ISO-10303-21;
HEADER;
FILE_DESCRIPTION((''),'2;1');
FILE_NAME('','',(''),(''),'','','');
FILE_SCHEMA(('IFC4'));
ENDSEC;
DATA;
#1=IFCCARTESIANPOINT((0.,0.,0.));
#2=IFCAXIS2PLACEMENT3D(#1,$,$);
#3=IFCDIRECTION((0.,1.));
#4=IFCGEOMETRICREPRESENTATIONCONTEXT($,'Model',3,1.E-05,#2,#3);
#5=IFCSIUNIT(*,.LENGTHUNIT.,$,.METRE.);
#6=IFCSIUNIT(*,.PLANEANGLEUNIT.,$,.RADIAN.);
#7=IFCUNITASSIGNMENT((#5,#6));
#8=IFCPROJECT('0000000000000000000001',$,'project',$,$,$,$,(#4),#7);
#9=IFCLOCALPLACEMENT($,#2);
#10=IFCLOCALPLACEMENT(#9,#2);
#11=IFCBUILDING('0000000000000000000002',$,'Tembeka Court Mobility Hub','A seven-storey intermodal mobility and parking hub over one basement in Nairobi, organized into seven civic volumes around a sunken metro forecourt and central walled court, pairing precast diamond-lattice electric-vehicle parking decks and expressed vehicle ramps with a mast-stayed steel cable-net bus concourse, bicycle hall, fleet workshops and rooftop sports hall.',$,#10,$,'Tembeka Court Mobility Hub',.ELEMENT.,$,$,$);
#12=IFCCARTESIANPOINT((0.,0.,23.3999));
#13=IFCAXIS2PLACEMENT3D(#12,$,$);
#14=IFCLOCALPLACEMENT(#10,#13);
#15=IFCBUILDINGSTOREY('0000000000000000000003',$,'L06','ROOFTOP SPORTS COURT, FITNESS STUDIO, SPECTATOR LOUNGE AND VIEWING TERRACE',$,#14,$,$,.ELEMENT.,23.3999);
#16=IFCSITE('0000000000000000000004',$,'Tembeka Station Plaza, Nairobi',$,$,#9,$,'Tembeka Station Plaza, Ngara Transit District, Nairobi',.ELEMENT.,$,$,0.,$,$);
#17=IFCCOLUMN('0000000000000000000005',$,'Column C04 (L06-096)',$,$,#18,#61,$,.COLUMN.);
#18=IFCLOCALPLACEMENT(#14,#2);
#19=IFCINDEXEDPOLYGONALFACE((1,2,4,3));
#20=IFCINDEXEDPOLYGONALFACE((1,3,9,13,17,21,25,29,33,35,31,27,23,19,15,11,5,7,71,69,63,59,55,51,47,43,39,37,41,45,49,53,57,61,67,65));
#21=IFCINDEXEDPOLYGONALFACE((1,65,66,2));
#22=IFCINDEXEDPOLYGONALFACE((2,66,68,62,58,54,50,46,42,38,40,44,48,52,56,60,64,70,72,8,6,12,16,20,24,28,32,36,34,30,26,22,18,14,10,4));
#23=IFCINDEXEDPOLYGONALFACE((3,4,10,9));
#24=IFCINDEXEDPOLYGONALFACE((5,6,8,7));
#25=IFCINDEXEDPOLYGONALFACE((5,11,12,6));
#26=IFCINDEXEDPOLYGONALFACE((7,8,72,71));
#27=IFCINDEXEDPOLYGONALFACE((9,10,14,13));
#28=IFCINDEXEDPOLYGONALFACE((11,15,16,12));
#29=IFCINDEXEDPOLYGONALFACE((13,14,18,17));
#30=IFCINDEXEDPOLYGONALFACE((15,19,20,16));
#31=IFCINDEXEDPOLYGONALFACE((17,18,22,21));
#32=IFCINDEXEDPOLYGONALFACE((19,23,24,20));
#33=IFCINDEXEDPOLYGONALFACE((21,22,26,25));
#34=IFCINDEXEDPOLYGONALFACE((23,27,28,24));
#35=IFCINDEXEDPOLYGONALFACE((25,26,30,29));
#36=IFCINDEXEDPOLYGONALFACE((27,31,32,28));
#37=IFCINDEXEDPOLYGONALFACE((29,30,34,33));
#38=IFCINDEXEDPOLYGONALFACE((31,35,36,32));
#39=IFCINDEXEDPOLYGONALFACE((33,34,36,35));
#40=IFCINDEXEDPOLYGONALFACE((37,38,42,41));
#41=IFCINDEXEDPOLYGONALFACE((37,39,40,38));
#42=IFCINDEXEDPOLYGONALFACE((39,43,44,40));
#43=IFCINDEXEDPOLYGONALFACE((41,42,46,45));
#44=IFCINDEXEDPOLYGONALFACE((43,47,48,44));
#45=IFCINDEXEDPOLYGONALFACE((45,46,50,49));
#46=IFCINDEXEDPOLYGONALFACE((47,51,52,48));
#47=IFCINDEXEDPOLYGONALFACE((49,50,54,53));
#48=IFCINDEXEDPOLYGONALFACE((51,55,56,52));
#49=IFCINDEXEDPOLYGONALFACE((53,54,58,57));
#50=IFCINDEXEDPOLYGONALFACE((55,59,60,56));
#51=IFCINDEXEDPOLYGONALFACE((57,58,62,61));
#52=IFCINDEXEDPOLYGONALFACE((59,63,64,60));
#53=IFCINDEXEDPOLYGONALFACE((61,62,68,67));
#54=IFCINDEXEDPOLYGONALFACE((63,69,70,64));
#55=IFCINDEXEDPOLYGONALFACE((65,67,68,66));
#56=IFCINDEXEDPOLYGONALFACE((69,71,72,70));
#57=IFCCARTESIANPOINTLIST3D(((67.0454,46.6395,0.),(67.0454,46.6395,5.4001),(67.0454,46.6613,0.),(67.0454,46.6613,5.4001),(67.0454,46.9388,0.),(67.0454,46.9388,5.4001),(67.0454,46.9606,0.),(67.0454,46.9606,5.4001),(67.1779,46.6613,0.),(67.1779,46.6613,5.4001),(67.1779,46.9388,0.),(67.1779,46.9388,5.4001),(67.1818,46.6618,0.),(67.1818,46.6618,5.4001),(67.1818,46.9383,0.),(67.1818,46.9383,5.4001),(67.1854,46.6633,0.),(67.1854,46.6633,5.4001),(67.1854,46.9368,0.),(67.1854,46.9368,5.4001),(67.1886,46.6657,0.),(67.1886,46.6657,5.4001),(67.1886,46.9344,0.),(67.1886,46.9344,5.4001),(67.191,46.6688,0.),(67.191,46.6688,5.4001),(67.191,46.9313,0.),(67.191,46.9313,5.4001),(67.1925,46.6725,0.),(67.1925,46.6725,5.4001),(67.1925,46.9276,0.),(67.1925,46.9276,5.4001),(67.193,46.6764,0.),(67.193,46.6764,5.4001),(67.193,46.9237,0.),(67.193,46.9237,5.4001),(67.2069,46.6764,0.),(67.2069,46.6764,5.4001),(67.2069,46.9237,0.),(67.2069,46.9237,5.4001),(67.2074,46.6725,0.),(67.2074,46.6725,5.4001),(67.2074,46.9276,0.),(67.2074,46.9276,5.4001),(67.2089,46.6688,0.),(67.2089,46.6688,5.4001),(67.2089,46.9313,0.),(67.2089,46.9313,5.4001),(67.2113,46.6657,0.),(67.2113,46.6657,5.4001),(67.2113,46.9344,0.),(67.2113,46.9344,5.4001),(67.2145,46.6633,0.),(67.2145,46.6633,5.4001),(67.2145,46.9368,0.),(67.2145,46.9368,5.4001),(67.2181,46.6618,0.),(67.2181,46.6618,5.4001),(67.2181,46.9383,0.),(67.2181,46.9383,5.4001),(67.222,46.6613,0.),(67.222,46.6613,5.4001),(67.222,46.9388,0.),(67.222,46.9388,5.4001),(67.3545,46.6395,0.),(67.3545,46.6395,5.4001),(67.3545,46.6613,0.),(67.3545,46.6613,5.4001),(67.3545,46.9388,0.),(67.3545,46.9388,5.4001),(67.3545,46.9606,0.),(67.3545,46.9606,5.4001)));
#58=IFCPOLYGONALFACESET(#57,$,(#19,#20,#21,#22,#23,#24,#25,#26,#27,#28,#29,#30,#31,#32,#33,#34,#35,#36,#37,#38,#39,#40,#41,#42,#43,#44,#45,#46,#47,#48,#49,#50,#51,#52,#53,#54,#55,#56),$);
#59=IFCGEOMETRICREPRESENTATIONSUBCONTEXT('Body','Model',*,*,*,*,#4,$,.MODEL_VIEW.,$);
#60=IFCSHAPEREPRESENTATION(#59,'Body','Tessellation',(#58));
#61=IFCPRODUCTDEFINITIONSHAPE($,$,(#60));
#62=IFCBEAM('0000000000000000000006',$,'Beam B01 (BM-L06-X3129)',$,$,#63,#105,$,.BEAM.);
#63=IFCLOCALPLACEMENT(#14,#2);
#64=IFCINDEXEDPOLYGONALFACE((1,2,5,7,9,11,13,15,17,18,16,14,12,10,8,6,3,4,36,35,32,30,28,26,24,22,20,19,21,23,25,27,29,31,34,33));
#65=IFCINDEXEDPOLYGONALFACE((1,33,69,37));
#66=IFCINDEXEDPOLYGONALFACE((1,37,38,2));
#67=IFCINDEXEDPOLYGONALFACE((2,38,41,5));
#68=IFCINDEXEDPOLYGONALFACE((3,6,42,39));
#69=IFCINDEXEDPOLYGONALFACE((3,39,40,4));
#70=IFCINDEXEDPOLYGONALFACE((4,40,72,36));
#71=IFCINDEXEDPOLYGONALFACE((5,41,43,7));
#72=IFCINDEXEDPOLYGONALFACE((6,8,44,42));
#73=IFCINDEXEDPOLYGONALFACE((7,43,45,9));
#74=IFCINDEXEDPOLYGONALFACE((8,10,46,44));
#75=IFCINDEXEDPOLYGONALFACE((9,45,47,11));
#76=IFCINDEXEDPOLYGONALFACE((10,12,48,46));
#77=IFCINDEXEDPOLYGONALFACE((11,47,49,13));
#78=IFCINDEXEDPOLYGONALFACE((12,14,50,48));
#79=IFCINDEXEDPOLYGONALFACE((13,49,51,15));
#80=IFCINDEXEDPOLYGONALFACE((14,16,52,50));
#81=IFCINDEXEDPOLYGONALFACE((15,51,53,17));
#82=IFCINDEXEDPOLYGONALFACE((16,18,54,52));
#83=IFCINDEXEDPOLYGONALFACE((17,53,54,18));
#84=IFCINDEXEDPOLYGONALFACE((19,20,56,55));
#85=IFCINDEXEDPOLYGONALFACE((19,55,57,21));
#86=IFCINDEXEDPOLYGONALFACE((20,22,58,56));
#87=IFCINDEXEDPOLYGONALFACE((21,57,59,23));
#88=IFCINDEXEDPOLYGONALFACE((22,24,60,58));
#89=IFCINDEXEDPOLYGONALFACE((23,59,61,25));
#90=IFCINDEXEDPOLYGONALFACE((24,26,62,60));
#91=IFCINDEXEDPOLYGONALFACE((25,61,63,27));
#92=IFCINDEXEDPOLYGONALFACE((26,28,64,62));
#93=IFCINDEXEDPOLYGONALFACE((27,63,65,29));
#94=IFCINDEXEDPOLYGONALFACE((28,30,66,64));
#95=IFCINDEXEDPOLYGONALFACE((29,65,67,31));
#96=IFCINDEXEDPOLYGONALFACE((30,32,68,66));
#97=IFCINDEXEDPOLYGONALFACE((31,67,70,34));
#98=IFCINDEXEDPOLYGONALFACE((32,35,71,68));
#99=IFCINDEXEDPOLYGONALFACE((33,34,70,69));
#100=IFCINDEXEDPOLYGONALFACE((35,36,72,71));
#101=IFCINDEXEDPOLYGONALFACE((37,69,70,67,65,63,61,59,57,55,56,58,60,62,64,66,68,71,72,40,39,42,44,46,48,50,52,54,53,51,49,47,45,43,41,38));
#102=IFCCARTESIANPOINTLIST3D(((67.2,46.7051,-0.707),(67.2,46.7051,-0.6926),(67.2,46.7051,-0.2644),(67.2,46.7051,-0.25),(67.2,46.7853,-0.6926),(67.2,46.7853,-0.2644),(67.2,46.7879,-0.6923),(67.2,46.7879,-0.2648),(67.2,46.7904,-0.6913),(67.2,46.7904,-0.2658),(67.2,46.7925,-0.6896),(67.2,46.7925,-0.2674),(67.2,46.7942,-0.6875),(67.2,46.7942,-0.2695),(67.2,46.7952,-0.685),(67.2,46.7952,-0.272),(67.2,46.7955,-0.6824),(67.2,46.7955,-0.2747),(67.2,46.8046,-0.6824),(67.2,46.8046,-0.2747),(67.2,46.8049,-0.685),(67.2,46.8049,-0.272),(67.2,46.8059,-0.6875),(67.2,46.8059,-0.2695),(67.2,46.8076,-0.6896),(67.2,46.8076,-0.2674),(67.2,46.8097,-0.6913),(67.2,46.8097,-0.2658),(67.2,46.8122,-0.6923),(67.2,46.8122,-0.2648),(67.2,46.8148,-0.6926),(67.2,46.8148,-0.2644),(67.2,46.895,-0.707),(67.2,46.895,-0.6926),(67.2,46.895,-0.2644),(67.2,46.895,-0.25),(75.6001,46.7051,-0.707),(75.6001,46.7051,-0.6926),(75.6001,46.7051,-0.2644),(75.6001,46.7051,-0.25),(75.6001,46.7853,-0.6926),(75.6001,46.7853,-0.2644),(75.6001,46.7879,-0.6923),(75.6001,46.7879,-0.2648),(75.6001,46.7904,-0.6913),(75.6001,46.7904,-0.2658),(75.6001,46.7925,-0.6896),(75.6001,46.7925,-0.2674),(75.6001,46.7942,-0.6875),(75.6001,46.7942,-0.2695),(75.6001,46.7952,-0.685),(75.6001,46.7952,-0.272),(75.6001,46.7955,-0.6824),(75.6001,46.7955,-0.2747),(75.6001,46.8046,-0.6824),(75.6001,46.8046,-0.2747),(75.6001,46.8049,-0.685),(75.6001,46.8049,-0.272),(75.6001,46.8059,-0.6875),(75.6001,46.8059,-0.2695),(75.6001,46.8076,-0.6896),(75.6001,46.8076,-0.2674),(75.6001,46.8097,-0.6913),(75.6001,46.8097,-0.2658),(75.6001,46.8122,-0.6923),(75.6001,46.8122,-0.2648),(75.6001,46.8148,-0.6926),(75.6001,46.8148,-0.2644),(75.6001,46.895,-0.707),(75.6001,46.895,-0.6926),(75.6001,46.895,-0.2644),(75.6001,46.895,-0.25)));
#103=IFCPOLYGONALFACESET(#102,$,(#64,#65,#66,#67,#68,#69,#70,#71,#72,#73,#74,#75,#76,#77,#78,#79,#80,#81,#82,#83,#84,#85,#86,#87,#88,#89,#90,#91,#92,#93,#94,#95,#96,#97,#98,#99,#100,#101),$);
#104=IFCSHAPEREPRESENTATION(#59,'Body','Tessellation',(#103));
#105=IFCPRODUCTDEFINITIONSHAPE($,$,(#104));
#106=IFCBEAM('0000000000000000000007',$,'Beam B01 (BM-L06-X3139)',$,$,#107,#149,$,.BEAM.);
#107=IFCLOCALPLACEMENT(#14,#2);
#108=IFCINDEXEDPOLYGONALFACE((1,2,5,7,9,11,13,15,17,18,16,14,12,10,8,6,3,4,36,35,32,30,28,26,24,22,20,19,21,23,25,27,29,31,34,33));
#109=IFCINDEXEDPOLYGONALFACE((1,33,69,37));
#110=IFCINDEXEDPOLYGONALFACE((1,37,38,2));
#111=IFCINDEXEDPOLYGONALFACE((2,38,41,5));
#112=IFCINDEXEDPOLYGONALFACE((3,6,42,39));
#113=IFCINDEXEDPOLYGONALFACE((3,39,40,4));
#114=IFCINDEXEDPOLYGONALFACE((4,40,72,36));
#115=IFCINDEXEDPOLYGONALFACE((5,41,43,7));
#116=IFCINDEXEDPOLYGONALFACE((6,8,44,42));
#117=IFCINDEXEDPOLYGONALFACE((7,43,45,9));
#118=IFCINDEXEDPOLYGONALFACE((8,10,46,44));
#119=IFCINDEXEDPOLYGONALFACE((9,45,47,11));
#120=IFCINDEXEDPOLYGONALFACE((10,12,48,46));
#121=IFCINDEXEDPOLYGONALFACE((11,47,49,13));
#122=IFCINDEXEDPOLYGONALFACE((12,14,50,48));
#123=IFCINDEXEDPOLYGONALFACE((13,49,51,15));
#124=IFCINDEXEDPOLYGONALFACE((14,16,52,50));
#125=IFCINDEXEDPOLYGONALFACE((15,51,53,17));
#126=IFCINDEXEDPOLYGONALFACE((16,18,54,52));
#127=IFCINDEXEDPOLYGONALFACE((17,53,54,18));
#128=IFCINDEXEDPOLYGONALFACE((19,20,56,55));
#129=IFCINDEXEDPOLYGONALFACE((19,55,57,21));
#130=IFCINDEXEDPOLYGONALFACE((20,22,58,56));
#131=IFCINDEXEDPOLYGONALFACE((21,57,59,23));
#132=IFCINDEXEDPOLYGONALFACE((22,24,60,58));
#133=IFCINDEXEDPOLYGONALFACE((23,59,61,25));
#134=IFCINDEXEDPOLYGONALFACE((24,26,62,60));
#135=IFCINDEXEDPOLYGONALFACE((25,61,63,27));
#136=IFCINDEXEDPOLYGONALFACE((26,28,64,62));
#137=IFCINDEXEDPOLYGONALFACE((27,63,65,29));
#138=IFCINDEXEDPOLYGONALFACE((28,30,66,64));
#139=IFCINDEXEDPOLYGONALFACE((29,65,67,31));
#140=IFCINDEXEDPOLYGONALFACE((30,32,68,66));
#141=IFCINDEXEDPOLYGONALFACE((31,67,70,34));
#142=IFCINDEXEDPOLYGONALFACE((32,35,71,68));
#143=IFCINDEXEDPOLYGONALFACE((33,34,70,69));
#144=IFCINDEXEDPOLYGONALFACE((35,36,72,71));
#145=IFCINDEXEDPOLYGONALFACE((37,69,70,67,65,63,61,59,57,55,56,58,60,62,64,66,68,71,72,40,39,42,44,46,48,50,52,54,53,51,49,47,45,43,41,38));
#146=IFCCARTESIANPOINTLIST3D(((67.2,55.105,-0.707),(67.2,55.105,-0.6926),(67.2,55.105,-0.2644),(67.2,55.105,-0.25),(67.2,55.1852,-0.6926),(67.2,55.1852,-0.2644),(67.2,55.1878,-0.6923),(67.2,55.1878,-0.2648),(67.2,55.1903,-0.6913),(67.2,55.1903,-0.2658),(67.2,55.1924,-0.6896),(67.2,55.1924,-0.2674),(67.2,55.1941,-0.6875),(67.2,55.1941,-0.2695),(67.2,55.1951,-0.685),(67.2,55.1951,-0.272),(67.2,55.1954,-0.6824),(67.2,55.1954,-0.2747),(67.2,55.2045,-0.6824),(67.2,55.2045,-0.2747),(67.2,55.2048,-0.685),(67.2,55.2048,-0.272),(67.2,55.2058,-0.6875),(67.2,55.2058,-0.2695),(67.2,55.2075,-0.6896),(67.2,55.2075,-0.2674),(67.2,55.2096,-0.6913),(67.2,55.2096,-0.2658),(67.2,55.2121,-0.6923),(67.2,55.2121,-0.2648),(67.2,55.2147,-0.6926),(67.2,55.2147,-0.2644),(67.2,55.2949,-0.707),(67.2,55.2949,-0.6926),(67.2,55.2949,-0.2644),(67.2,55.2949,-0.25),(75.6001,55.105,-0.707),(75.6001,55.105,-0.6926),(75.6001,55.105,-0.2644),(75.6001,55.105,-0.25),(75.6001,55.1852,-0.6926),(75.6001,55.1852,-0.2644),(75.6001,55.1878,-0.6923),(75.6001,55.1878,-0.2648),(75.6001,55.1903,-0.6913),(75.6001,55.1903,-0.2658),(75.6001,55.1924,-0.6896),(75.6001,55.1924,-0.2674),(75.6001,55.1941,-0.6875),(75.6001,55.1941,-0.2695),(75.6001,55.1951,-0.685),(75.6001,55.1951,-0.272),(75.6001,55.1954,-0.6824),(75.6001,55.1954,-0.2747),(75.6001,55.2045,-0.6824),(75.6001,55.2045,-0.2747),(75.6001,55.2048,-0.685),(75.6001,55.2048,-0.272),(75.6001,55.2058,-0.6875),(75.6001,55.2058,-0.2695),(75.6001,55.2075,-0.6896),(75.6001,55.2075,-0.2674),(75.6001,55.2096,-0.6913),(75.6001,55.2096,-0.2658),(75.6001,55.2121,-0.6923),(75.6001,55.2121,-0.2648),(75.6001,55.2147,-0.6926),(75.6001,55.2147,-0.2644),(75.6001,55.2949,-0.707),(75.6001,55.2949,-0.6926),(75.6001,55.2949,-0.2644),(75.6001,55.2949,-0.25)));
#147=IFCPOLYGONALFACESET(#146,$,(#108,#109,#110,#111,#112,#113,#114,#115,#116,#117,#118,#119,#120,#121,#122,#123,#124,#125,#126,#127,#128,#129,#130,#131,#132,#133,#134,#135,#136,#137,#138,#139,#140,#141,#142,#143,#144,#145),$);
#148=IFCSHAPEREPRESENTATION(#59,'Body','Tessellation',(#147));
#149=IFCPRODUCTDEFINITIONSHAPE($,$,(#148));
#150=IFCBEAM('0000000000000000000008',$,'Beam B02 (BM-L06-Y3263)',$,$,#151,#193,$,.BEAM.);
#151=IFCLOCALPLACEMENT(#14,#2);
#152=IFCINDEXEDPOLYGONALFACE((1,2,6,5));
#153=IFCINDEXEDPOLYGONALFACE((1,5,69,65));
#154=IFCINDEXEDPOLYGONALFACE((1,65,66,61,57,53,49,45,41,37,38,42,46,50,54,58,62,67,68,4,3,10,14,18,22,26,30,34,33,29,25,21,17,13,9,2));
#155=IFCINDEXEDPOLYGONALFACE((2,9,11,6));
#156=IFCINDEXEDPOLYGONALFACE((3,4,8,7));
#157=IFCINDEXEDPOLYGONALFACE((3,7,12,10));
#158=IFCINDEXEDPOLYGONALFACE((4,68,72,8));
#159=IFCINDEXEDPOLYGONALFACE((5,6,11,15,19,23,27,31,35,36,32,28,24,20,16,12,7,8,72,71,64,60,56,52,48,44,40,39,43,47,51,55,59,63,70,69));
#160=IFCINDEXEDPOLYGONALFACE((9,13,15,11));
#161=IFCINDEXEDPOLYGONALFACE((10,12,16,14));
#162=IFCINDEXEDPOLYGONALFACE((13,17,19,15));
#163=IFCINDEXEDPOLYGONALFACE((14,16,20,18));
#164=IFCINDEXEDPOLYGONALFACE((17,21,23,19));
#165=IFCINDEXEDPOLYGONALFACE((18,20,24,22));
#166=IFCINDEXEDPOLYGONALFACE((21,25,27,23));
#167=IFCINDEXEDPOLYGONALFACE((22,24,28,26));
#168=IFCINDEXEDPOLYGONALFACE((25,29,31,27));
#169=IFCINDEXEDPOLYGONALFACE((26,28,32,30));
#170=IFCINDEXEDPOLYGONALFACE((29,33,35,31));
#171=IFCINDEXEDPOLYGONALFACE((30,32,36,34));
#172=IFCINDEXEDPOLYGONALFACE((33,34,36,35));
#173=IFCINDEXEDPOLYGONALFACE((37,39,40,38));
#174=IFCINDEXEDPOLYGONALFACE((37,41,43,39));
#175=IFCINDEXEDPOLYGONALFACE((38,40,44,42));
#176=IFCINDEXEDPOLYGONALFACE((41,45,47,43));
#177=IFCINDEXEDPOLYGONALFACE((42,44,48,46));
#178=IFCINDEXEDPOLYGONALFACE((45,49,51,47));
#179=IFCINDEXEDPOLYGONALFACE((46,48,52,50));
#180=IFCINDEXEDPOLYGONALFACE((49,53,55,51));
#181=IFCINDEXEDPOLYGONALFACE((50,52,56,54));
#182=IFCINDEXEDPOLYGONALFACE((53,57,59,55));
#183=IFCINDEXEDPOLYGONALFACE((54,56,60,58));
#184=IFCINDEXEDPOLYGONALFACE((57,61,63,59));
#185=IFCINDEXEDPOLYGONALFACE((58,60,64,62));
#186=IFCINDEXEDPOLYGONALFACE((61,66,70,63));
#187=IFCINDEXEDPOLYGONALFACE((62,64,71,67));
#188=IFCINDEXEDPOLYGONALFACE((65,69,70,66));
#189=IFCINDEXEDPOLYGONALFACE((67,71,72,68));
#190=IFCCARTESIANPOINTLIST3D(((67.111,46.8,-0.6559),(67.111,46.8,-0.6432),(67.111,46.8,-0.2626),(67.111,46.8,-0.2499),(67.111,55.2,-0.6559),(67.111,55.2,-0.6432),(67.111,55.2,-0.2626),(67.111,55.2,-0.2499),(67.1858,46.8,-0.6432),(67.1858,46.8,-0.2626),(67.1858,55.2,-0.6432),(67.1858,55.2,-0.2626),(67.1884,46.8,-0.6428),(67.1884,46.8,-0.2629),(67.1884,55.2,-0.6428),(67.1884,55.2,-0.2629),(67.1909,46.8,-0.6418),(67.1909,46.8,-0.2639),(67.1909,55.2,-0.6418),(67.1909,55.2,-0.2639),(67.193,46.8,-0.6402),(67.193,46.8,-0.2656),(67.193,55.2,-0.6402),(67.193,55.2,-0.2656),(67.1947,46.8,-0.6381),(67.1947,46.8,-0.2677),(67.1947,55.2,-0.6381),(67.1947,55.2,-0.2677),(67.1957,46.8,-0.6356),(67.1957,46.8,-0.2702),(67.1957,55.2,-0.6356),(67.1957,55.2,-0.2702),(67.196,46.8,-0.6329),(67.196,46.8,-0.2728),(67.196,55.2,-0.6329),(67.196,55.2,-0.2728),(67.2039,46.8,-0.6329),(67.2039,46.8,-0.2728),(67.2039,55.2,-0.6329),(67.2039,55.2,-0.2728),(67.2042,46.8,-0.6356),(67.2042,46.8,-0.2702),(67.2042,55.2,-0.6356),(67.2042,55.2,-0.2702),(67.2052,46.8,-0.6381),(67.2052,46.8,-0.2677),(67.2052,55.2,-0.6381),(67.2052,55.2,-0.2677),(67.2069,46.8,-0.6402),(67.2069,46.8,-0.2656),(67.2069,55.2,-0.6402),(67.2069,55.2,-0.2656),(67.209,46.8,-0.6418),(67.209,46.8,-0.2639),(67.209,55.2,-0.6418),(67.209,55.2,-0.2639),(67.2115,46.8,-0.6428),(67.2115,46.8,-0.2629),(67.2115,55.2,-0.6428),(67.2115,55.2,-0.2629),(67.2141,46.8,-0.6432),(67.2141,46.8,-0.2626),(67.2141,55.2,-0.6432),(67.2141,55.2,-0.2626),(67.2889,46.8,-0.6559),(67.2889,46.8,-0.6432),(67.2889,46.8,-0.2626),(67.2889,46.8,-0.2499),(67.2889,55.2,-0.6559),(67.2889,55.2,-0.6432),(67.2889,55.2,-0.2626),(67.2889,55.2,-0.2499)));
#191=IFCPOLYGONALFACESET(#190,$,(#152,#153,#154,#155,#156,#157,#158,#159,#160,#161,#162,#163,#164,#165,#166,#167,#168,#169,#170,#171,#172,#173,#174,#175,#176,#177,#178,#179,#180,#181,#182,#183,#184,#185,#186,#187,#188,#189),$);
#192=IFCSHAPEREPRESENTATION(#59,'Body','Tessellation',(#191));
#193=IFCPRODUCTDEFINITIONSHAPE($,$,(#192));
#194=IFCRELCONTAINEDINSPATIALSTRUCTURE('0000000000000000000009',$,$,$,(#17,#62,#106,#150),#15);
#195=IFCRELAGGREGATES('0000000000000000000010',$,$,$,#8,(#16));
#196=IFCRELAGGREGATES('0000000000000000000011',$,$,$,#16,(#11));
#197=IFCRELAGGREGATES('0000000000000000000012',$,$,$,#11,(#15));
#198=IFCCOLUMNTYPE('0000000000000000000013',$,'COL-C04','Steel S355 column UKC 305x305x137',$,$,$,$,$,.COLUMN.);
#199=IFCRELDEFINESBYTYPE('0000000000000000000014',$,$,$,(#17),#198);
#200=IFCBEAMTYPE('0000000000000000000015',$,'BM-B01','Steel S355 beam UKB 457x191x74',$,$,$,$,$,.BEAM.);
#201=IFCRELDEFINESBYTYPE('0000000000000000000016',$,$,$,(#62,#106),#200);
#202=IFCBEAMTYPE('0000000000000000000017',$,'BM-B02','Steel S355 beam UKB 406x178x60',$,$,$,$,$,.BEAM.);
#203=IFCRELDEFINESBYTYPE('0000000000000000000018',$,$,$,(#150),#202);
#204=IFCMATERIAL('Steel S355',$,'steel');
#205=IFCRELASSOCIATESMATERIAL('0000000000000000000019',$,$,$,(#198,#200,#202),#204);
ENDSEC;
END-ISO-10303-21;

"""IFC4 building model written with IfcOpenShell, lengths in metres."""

from ifc_helpers import new_model, si_unit, direction, frame, origin, origin_2d, place, context, subcontext, project, spatial, i_section, extrude, material, material_profile, profile_set, type_object, element, save


model = new_model("IFC4")

# Units and contexts
model_context = context("Model", 3, precision=1e-05, world=origin(), true_north=direction((0.0, 1.0)))
body_context = subcontext(model_context, "Body", "Model", "MODEL_VIEW")
ifc_project = project(units=[si_unit("LENGTHUNIT", "METRE"), si_unit("PLANEANGLEUNIT", "RADIAN")], contexts=[model_context])

# Site, building, storey
site_placement = place(None, origin())
site = spatial("IfcSite", under=ifc_project, at=site_placement, Name="Tembeka Station Plaza, Nairobi", LongName="Tembeka Station Plaza, Ngara Transit District, Nairobi", CompositionType="ELEMENT", RefElevation=0.0)
building_placement = place(site_placement, origin())
building = spatial("IfcBuilding", under=site, at=building_placement, Name="Tembeka Court Mobility Hub", Description="A seven-storey intermodal mobility and parking hub over one basement in Nairobi, organized into seven civic volumes around a sunken metro forecourt and central walled court, pairing precast diamond-lattice electric-vehicle parking decks and expressed vehicle ramps with a mast-stayed steel cable-net bus concourse, bicycle hall, fleet workshops and rooftop sports hall.", LongName="Tembeka Court Mobility Hub", CompositionType="ELEMENT")
storey_placement = place(building_placement, frame((0.0, 0.0, 23.3999)))
storey = spatial("IfcBuildingStorey", under=building, at=storey_placement, Name="L06", Description="ROOFTOP SPORTS COURT, FITNESS STUDIO, SPECTATOR LOUNGE AND VIEWING TERRACE", CompositionType="ELEMENT", Elevation=23.3999)

# Column
ifc_material_1 = material(Name="Steel S355", Category="steel")
ifc_material_profile_1 = material_profile(ifc_material_1, i_section(OverallWidth=0.3091, OverallDepth=0.321, WebThickness=0.0139, FlangeThickness=0.0217, FilletRadius=0.0151, at=origin_2d()), Name="UKC 305x305x137")
ifc_profile_set_1 = profile_set([ifc_material_profile_1], Name="Steel S355")
column_type = type_object("IfcColumnType", Name="COL-C04", Description="Steel S355 column UKC 305x305x137", PredefinedType="COLUMN", material=ifc_profile_set_1)
column_placement = place(storey_placement, frame((67.2, 46.8, 0.0), z_axis=(0.0, 0.0, 1.0), x_axis=(1.0, 0.0, 0.0)))
element("IfcColumn", 1, at=column_placement, inside=storey, type_object=column_type, Name="Column C04 (L06-096)", PredefinedType="COLUMN", context=body_context, shape_type="SweptSolid", body=[
    extrude(i_section(OverallWidth=0.3091, OverallDepth=0.321, WebThickness=0.0139, FlangeThickness=0.0217, FilletRadius=0.0151, at=origin_2d()), origin(), (0.0, 0.0, 1.0), 5.4001),
])

# Beams
ifc_material_profile_2 = material_profile(ifc_material_1, i_section(OverallWidth=0.1899, OverallDepth=0.457, WebThickness=0.009, FlangeThickness=0.0144, FilletRadius=0.0103, at=origin_2d()), Name="UKB 457x191x74")
ifc_profile_set_2 = profile_set([ifc_material_profile_2], Name="Steel S355")
beam_type_1 = type_object("IfcBeamType", Name="BM-B01", Description="Steel S355 beam UKB 457x191x74", PredefinedType="BEAM", material=ifc_profile_set_2)
for number, where, z_axis, x_axis, name in (
    (2, (67.2, 46.8, -0.4785), (1.0, 0.0, 0.0), (0.0, 1.0, 0.0), "Beam B01 (BM-L06-X3129)"),
    (3, (67.2, 55.2, -0.4785), (1.0, 0.0, 0.0), (0.0, 1.0, 0.0), "Beam B01 (BM-L06-X3139)"),
):
    element("IfcBeam", number, at=place(storey_placement, frame(where, z_axis=z_axis, x_axis=x_axis)), inside=storey, type_object=beam_type_1, Name=name, PredefinedType="BEAM", context=body_context, shape_type="SweptSolid", body=[
        extrude(i_section(OverallWidth=0.1899, OverallDepth=0.457, WebThickness=0.009, FlangeThickness=0.0144, FilletRadius=0.0103, at=origin_2d()), origin(), (0.0, 0.0, 1.0), 8.4001),
    ])
ifc_material_profile_3 = material_profile(ifc_material_1, i_section(OverallWidth=0.178, OverallDepth=0.406, WebThickness=0.0078, FlangeThickness=0.0127, FilletRadius=0.0103, at=origin_2d()), Name="UKB 406x178x60")
ifc_profile_set_3 = profile_set([ifc_material_profile_3], Name="Steel S355")
beam_type_2 = type_object("IfcBeamType", Name="BM-B02", Description="Steel S355 beam UKB 406x178x60", PredefinedType="BEAM", material=ifc_profile_set_3)
beam_1_placement = place(storey_placement, frame((67.2, 46.8, -0.4529), z_axis=(0.0, 1.0, 0.0), x_axis=(-1.0, 0.0, 0.0)))
element("IfcBeam", 4, at=beam_1_placement, inside=storey, type_object=beam_type_2, Name="Beam B02 (BM-L06-Y3263)", PredefinedType="BEAM", context=body_context, shape_type="SweptSolid", body=[
    extrude(i_section(OverallWidth=0.178, OverallDepth=0.406, WebThickness=0.0078, FlangeThickness=0.0127, FilletRadius=0.0103, at=origin_2d()), origin(), (0.0, 0.0, 1.0), 8.3999),
])

save(model, "model.ifc")
